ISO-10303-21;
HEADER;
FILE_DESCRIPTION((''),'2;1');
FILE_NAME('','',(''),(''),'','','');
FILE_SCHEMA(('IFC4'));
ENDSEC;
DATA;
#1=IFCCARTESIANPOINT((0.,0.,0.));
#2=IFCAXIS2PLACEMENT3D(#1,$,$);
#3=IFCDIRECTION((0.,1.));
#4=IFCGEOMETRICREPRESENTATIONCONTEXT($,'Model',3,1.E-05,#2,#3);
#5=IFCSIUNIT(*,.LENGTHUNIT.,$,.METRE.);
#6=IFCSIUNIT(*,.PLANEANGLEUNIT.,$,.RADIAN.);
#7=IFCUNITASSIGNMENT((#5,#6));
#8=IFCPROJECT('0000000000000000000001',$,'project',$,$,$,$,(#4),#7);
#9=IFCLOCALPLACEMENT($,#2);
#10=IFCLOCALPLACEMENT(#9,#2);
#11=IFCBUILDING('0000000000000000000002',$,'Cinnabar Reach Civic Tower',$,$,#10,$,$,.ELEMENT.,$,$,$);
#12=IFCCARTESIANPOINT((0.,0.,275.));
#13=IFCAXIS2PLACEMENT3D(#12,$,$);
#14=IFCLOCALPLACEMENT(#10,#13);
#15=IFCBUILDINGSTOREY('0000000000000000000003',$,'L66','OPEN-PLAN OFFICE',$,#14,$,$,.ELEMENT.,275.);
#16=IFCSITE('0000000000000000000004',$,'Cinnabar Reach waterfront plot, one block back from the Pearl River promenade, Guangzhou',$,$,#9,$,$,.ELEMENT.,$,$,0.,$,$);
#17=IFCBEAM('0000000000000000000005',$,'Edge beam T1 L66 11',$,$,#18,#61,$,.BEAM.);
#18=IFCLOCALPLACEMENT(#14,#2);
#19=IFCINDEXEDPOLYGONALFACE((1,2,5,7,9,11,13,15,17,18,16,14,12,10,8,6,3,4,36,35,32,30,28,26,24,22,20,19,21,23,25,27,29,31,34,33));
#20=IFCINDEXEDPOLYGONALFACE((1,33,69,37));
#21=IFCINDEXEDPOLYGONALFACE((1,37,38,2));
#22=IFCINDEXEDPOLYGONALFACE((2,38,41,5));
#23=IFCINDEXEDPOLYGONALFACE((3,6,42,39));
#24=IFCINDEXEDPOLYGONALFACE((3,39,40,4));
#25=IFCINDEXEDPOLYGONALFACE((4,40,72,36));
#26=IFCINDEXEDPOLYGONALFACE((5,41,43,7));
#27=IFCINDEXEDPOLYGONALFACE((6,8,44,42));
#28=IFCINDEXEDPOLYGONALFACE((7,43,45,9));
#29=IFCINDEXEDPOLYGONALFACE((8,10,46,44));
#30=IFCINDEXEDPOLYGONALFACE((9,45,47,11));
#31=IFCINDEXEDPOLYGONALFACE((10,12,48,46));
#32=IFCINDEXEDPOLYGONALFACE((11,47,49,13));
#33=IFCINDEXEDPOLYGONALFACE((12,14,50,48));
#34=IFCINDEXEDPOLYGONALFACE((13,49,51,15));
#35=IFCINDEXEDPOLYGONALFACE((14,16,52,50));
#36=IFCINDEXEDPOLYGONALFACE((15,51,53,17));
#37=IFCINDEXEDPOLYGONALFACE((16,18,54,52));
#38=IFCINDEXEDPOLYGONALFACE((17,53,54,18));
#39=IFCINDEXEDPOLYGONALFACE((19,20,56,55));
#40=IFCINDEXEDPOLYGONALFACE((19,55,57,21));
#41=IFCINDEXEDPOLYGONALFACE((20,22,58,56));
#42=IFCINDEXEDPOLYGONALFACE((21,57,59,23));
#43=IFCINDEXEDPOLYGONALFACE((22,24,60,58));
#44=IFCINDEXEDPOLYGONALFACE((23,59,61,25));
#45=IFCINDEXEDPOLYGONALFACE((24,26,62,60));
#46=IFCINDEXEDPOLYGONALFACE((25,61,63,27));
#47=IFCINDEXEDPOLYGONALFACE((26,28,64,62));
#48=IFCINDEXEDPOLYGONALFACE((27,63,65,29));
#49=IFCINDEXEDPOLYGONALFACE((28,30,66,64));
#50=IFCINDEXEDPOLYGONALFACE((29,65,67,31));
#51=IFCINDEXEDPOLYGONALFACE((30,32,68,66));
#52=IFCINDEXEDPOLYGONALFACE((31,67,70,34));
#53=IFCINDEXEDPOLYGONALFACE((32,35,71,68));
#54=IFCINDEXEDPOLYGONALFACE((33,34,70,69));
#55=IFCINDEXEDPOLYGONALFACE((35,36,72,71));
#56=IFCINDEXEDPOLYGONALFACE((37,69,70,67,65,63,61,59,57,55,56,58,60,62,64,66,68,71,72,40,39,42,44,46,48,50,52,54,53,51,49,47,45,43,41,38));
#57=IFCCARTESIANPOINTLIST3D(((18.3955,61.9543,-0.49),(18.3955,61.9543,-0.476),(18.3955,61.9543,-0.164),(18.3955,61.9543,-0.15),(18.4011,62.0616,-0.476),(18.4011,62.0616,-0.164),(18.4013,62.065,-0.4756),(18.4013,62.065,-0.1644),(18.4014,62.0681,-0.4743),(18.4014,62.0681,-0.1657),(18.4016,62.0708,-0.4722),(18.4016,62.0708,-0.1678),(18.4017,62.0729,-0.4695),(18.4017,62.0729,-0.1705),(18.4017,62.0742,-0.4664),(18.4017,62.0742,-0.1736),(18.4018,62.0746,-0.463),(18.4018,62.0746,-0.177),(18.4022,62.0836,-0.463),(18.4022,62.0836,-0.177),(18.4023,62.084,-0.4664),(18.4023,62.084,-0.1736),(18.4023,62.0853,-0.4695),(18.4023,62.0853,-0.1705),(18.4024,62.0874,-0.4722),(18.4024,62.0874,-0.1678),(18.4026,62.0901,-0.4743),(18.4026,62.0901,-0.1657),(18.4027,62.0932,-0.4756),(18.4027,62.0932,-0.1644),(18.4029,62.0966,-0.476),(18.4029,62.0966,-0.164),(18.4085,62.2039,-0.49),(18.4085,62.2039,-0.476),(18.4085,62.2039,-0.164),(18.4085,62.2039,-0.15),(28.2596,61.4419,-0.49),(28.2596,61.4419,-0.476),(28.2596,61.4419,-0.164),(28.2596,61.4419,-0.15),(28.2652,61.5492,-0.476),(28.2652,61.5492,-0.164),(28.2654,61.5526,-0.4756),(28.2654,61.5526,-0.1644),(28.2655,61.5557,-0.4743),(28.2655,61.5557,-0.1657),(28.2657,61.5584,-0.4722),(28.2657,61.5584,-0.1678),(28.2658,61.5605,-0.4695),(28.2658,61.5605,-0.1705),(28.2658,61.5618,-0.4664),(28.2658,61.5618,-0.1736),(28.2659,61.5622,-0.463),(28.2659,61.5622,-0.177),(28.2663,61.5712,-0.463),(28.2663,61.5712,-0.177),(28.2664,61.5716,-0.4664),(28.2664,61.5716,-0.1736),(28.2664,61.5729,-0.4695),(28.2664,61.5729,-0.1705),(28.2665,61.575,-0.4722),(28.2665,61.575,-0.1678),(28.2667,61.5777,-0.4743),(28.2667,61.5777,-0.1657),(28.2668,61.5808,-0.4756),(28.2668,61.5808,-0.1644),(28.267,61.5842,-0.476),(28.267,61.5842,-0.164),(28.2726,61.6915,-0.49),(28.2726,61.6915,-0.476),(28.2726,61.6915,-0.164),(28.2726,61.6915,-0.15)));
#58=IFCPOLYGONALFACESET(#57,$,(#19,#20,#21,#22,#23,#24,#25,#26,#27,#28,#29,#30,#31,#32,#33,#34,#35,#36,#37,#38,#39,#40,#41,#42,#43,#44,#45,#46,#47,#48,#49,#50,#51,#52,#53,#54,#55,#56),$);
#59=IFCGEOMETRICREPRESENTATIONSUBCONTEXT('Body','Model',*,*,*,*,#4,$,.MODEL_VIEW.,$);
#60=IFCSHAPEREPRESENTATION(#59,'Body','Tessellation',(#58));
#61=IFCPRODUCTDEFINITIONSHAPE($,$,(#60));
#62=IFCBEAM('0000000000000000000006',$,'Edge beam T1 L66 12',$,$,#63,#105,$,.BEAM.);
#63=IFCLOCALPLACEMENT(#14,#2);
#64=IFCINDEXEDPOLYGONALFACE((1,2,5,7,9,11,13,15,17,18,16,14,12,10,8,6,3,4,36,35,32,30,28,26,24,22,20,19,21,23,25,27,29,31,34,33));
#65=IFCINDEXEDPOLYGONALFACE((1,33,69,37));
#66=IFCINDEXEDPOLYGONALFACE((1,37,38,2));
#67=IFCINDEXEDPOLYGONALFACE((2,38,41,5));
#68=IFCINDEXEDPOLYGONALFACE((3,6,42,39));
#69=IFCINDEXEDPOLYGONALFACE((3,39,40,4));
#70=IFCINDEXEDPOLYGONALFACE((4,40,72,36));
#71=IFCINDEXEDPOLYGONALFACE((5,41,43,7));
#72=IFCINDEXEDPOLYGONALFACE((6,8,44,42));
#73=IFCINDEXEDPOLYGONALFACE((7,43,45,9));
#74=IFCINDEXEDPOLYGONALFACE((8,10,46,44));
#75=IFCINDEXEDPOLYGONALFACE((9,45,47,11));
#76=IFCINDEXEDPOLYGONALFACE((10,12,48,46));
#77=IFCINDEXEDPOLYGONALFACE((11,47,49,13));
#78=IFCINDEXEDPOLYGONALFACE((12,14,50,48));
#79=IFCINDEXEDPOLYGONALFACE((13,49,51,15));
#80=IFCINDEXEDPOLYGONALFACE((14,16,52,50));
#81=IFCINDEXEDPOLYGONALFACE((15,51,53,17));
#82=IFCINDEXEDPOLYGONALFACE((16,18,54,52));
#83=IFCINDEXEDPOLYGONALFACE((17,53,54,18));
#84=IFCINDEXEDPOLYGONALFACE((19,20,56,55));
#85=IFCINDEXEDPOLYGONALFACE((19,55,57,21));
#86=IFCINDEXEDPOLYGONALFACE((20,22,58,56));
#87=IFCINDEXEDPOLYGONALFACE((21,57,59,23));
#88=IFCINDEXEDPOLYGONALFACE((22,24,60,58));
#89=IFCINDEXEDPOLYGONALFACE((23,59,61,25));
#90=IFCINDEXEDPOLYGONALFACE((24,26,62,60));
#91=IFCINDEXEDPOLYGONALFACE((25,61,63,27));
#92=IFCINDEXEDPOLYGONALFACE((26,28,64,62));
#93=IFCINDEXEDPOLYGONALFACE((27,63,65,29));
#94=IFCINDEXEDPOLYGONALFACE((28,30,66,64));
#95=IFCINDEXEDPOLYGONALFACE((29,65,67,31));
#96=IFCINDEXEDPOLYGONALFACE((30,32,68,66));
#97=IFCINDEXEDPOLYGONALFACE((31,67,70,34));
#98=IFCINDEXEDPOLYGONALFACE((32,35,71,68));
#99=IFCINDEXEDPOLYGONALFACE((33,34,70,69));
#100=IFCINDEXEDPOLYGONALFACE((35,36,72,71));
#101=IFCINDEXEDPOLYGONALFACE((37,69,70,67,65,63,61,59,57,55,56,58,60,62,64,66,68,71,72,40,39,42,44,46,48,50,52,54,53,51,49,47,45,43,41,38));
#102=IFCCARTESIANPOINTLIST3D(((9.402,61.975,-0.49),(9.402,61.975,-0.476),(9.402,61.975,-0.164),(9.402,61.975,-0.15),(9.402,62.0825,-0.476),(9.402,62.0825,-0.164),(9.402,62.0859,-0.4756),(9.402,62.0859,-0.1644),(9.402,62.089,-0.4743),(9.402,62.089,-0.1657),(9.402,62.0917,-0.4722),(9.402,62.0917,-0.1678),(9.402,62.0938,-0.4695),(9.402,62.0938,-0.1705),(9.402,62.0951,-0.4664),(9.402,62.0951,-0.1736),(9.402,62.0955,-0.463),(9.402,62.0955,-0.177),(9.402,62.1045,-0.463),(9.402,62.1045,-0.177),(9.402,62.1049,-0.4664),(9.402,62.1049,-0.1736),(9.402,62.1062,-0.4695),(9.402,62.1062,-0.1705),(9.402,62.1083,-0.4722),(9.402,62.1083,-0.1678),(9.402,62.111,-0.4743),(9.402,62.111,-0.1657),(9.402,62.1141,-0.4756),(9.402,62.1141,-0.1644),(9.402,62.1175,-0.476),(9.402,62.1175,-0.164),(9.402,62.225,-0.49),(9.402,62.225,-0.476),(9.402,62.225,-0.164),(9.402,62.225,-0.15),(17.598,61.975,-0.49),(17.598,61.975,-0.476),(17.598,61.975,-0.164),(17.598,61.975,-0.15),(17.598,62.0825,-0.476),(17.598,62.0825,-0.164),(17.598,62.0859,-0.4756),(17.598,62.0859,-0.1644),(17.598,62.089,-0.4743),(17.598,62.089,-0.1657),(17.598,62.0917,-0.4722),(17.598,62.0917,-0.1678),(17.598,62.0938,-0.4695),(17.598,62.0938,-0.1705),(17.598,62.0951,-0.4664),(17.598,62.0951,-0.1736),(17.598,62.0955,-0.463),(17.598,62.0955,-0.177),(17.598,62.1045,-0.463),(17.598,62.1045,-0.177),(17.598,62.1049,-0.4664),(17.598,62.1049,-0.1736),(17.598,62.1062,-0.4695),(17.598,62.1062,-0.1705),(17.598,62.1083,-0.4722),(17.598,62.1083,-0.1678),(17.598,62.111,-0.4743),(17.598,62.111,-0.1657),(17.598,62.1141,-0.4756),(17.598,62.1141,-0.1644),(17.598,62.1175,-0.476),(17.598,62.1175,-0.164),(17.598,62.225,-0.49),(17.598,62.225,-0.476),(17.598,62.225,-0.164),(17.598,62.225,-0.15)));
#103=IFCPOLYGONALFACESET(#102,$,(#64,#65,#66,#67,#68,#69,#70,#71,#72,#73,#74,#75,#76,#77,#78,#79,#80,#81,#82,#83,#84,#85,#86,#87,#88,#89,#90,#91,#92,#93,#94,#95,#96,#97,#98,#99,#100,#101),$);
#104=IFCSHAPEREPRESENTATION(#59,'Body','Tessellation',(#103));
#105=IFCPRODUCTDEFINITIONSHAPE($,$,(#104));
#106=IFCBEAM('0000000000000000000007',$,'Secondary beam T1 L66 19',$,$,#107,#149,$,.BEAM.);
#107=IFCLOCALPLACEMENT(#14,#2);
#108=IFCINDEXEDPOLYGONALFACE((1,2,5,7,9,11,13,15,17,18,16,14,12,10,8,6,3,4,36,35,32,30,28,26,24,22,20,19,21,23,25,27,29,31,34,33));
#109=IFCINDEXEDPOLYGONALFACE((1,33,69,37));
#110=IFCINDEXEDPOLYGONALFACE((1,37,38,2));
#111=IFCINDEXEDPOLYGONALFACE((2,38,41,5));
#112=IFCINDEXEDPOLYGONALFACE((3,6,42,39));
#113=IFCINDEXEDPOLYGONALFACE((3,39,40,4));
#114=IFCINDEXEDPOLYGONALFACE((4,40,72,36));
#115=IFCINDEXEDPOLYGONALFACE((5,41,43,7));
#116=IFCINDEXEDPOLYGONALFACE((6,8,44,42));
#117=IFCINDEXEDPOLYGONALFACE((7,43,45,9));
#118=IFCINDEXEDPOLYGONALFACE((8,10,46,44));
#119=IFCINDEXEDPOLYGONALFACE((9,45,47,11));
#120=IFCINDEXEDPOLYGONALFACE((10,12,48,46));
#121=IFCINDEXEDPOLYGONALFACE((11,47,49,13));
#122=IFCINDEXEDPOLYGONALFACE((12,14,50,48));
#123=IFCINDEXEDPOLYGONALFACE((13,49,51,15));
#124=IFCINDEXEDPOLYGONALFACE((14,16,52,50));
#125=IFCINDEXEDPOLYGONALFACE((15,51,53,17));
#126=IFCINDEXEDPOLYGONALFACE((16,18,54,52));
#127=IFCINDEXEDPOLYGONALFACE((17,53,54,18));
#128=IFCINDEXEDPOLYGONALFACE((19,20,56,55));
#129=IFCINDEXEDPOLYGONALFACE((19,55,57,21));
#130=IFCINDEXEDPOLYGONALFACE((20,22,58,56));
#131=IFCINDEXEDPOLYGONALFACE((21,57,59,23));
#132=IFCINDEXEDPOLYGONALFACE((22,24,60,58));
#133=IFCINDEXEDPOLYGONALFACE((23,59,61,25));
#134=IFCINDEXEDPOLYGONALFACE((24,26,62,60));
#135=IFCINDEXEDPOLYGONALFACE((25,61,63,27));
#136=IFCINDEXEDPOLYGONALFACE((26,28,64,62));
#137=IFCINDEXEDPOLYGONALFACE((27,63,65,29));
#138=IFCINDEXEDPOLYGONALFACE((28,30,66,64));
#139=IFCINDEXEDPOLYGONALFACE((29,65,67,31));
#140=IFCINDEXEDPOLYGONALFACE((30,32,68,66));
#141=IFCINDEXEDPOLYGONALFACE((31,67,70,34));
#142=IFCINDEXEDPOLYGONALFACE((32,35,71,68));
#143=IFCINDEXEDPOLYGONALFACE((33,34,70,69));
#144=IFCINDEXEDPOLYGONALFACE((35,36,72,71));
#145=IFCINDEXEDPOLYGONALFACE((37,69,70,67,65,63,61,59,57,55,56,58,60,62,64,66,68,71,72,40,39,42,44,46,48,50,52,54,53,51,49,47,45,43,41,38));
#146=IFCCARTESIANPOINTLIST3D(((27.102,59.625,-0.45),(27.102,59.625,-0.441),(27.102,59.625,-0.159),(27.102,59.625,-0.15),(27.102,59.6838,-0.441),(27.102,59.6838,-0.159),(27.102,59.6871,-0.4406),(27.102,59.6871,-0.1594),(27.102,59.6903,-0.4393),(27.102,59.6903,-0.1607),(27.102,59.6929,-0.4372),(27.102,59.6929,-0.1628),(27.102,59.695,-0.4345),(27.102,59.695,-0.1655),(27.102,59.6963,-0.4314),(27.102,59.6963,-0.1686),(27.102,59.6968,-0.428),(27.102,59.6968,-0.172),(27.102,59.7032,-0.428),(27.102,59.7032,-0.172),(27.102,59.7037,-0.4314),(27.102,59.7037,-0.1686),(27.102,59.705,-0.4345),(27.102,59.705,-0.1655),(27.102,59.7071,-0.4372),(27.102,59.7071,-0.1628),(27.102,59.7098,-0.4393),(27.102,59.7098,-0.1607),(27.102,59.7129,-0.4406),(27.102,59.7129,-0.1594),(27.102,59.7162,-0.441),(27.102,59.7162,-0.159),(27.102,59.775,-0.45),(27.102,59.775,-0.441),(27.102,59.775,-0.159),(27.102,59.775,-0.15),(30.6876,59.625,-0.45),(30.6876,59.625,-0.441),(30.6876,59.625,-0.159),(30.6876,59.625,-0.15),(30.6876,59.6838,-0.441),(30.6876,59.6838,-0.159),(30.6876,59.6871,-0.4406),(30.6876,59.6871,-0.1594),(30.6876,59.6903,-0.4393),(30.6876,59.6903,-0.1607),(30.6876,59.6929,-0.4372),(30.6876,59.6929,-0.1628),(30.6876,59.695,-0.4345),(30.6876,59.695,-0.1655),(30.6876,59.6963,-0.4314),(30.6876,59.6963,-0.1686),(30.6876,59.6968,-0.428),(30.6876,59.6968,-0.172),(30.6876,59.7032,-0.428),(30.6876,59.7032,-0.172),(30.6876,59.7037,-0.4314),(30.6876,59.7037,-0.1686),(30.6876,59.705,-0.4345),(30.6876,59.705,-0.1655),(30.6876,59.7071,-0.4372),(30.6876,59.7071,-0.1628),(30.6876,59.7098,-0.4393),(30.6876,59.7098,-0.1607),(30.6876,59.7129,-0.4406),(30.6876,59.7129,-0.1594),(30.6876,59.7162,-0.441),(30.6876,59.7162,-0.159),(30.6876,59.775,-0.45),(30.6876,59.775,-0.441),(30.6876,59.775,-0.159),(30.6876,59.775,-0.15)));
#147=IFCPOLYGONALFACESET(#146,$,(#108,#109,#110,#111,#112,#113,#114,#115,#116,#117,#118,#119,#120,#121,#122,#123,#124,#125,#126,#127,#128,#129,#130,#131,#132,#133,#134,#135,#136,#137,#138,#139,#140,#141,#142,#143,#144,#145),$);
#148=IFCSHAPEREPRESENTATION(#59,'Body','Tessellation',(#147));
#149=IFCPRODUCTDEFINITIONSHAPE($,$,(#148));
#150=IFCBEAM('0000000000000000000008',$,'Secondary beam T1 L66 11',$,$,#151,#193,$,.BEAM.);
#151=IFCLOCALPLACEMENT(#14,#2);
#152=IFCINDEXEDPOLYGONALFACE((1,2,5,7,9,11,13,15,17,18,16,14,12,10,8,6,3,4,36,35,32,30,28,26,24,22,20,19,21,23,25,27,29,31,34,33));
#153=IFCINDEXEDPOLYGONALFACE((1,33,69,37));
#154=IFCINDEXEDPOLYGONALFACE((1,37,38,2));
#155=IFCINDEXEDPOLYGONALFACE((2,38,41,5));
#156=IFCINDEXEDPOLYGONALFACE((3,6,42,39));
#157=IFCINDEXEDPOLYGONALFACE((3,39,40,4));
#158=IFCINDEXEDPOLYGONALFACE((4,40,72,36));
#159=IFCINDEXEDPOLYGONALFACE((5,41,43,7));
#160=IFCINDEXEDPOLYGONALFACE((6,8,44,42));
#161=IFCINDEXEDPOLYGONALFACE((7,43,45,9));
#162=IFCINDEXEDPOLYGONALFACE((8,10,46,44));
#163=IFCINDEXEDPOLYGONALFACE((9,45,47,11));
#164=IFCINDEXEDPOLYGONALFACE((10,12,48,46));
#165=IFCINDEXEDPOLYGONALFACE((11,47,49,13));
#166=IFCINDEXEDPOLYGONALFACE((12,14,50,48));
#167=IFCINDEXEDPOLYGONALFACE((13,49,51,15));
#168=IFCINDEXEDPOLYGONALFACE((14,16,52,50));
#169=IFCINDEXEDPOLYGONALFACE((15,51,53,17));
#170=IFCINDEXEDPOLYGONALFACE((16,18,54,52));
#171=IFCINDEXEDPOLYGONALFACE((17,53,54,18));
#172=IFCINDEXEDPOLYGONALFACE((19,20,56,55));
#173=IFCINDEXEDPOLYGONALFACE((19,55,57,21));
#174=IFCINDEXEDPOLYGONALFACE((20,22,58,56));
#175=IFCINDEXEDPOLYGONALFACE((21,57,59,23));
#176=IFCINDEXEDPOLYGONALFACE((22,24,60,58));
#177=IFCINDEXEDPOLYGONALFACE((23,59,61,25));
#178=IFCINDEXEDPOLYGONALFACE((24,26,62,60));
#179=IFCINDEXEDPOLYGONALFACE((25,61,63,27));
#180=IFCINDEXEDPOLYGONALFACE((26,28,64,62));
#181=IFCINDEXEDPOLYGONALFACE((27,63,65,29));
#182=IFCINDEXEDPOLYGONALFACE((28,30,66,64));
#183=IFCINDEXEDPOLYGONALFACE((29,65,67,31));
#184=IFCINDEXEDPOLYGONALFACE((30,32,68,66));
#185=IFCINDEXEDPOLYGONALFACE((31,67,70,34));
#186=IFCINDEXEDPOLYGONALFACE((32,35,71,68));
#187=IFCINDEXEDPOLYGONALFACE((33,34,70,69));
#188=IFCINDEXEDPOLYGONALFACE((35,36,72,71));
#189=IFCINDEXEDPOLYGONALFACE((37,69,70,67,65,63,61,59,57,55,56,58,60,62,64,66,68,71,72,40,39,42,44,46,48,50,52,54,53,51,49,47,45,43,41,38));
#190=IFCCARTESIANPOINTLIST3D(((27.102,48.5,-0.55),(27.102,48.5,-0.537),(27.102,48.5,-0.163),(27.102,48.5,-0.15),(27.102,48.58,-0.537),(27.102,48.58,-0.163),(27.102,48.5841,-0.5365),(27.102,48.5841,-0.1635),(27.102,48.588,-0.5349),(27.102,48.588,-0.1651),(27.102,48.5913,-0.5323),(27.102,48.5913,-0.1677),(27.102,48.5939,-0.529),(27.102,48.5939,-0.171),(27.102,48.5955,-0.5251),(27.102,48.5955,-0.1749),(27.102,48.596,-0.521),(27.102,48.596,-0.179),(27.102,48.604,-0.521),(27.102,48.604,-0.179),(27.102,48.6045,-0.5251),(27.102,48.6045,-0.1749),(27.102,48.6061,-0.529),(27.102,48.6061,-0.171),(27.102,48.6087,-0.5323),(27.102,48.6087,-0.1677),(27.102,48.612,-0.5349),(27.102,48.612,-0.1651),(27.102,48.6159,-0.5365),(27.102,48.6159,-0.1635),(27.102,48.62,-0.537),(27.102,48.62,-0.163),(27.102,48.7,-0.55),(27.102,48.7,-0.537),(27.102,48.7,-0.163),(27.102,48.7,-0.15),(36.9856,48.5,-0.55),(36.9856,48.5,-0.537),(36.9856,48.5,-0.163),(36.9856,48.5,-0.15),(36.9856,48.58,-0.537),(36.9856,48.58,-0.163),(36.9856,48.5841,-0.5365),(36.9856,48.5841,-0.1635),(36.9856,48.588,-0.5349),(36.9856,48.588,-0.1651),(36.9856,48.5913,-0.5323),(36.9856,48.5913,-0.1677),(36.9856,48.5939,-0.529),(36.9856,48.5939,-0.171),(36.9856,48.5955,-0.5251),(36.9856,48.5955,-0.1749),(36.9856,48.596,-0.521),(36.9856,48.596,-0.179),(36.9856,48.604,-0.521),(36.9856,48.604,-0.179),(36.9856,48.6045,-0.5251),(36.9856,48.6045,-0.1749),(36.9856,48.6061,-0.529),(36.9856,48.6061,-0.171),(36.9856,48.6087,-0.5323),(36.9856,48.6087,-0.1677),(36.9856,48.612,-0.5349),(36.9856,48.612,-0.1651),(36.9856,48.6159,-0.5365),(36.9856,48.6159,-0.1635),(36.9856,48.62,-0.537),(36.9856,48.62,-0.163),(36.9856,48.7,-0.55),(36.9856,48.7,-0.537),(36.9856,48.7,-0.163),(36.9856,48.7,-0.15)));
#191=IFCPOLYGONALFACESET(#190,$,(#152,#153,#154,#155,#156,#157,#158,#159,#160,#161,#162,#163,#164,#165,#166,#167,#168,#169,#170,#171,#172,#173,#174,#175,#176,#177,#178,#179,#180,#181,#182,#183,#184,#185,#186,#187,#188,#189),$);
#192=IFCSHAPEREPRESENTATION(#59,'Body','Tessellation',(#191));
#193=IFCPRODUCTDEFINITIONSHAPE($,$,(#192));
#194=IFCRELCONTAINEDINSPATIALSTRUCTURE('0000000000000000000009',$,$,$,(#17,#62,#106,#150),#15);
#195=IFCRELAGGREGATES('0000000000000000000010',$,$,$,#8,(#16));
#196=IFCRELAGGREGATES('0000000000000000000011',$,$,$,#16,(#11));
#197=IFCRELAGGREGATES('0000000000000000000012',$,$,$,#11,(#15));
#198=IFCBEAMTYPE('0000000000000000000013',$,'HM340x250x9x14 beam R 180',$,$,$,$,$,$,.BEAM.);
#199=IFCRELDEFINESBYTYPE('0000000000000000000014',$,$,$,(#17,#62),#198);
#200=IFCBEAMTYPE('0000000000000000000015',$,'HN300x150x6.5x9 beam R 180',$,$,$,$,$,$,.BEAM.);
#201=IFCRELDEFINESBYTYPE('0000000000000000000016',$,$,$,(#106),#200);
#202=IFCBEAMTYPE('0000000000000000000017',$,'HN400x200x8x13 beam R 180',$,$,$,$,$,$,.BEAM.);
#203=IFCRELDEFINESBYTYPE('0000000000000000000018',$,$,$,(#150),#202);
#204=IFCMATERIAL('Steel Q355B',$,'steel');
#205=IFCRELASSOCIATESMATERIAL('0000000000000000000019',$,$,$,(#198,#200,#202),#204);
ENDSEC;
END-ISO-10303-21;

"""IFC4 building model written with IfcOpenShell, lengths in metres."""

from ifc_helpers import new_model, si_unit, direction, frame, origin, origin_2d, place, context, subcontext, project, spatial, i_section, extrude, material, material_profile, profile_set, type_object, element, save


model = new_model("IFC4")

# Units and contexts
model_context = context("Model", 3, precision=1e-05, world=origin(), true_north=direction((0.0, 1.0)))
body_context = subcontext(model_context, "Body", "Model", "MODEL_VIEW")
ifc_project = project(units=[si_unit("LENGTHUNIT", "METRE"), si_unit("PLANEANGLEUNIT", "RADIAN")], contexts=[model_context])

# Site, building, storey
site_placement = place(None, origin())
site = spatial("IfcSite", under=ifc_project, at=site_placement, Name="Cinnabar Reach waterfront plot, one block back from the Pearl River promenade, Guangzhou", CompositionType="ELEMENT", RefElevation=0.0)
building_placement = place(site_placement, origin())
building = spatial("IfcBuilding", under=site, at=building_placement, Name="Cinnabar Reach Civic Tower", CompositionType="ELEMENT")
storey_placement = place(building_placement, frame((0.0, 0.0, 275.0)))
storey = spatial("IfcBuildingStorey", under=building, at=storey_placement, Name="L66", Description="OPEN-PLAN OFFICE", CompositionType="ELEMENT", Elevation=275.0)

# Beams
ifc_material_1 = material(Name="Steel Q355B", Category="steel")
ifc_material_profile_1 = material_profile(ifc_material_1, i_section(OverallWidth=0.25, OverallDepth=0.34, WebThickness=0.009, FlangeThickness=0.014, FilletRadius=0.013, at=origin_2d()), Name="HM340x250x9x14")
ifc_profile_set_1 = profile_set([ifc_material_profile_1], Name="Steel Q355B")
beam_type_1 = type_object("IfcBeamType", Name="HM340x250x9x14 beam R 180", PredefinedType="BEAM", material=ifc_profile_set_1)
beam_1_placement = place(storey_placement, frame((28.2661, 61.5667, -0.32), z_axis=(-0.998654, 0.051876, 0.0), x_axis=(-0.051876, -0.998654, 0.0)))
element("IfcBeam", 1, at=beam_1_placement, inside=storey, type_object=beam_type_1, Name="Edge beam T1 L66 11", PredefinedType="BEAM", context=body_context, shape_type="SweptSolid", body=[
    extrude(i_section(OverallWidth=0.25, OverallDepth=0.34, WebThickness=0.009, FlangeThickness=0.014, FilletRadius=0.013, at=origin_2d()), origin(), (0.0, 0.0, 1.0), 9.8774),
])
beam_2_placement = place(storey_placement, frame((17.598, 62.1, -0.32), z_axis=(-1.0, 0.0, 0.0), x_axis=(0.0, -1.0, 0.0)))
element("IfcBeam", 2, at=beam_2_placement, inside=storey, type_object=beam_type_1, Name="Edge beam T1 L66 12", PredefinedType="BEAM", context=body_context, shape_type="SweptSolid", body=[
    extrude(i_section(OverallWidth=0.25, OverallDepth=0.34, WebThickness=0.009, FlangeThickness=0.014, FilletRadius=0.013, at=origin_2d()), origin(), (0.0, 0.0, 1.0), 8.196),
])
ifc_material_profile_2 = material_profile(ifc_material_1, i_section(OverallWidth=0.15, OverallDepth=0.3, WebThickness=0.0065, FlangeThickness=0.009, FilletRadius=0.013, at=origin_2d()), Name="HN300x150x6.5x9")
ifc_profile_set_2 = profile_set([ifc_material_profile_2], Name="Steel Q355B")
beam_type_2 = type_object("IfcBeamType", Name="HN300x150x6.5x9 beam R 180", PredefinedType="BEAM", material=ifc_profile_set_2)
beam_3_placement = place(storey_placement, frame((27.102, 59.7, -0.3), z_axis=(1.0, 0.0, 0.0), x_axis=(0.0, 1.0, 0.0)))
element("IfcBeam", 3, at=beam_3_placement, inside=storey, type_object=beam_type_2, Name="Secondary beam T1 L66 19", PredefinedType="BEAM", context=body_context, shape_type="SweptSolid", body=[
    extrude(i_section(OverallWidth=0.15, OverallDepth=0.3, WebThickness=0.0065, FlangeThickness=0.009, FilletRadius=0.013, at=origin_2d()), origin(), (0.0, 0.0, 1.0), 3.5856),
])
ifc_material_profile_3 = material_profile(ifc_material_1, i_section(OverallWidth=0.2, OverallDepth=0.4, WebThickness=0.008, FlangeThickness=0.013, FilletRadius=0.016, at=origin_2d()), Name="HN400x200x8x13")
ifc_profile_set_3 = profile_set([ifc_material_profile_3], Name="Steel Q355B")
beam_type_3 = type_object("IfcBeamType", Name="HN400x200x8x13 beam R 180", PredefinedType="BEAM", material=ifc_profile_set_3)
beam_4_placement = place(storey_placement, frame((27.102, 48.6, -0.35), z_axis=(1.0, 0.0, 0.0), x_axis=(0.0, 1.0, 0.0)))
element("IfcBeam", 4, at=beam_4_placement, inside=storey, type_object=beam_type_3, Name="Secondary beam T1 L66 11", PredefinedType="BEAM", context=body_context, shape_type="SweptSolid", body=[
    extrude(i_section(OverallWidth=0.2, OverallDepth=0.4, WebThickness=0.008, FlangeThickness=0.013, FilletRadius=0.016, at=origin_2d()), origin(), (0.0, 0.0, 1.0), 9.8836),
])

save(model, "model.ifc")
